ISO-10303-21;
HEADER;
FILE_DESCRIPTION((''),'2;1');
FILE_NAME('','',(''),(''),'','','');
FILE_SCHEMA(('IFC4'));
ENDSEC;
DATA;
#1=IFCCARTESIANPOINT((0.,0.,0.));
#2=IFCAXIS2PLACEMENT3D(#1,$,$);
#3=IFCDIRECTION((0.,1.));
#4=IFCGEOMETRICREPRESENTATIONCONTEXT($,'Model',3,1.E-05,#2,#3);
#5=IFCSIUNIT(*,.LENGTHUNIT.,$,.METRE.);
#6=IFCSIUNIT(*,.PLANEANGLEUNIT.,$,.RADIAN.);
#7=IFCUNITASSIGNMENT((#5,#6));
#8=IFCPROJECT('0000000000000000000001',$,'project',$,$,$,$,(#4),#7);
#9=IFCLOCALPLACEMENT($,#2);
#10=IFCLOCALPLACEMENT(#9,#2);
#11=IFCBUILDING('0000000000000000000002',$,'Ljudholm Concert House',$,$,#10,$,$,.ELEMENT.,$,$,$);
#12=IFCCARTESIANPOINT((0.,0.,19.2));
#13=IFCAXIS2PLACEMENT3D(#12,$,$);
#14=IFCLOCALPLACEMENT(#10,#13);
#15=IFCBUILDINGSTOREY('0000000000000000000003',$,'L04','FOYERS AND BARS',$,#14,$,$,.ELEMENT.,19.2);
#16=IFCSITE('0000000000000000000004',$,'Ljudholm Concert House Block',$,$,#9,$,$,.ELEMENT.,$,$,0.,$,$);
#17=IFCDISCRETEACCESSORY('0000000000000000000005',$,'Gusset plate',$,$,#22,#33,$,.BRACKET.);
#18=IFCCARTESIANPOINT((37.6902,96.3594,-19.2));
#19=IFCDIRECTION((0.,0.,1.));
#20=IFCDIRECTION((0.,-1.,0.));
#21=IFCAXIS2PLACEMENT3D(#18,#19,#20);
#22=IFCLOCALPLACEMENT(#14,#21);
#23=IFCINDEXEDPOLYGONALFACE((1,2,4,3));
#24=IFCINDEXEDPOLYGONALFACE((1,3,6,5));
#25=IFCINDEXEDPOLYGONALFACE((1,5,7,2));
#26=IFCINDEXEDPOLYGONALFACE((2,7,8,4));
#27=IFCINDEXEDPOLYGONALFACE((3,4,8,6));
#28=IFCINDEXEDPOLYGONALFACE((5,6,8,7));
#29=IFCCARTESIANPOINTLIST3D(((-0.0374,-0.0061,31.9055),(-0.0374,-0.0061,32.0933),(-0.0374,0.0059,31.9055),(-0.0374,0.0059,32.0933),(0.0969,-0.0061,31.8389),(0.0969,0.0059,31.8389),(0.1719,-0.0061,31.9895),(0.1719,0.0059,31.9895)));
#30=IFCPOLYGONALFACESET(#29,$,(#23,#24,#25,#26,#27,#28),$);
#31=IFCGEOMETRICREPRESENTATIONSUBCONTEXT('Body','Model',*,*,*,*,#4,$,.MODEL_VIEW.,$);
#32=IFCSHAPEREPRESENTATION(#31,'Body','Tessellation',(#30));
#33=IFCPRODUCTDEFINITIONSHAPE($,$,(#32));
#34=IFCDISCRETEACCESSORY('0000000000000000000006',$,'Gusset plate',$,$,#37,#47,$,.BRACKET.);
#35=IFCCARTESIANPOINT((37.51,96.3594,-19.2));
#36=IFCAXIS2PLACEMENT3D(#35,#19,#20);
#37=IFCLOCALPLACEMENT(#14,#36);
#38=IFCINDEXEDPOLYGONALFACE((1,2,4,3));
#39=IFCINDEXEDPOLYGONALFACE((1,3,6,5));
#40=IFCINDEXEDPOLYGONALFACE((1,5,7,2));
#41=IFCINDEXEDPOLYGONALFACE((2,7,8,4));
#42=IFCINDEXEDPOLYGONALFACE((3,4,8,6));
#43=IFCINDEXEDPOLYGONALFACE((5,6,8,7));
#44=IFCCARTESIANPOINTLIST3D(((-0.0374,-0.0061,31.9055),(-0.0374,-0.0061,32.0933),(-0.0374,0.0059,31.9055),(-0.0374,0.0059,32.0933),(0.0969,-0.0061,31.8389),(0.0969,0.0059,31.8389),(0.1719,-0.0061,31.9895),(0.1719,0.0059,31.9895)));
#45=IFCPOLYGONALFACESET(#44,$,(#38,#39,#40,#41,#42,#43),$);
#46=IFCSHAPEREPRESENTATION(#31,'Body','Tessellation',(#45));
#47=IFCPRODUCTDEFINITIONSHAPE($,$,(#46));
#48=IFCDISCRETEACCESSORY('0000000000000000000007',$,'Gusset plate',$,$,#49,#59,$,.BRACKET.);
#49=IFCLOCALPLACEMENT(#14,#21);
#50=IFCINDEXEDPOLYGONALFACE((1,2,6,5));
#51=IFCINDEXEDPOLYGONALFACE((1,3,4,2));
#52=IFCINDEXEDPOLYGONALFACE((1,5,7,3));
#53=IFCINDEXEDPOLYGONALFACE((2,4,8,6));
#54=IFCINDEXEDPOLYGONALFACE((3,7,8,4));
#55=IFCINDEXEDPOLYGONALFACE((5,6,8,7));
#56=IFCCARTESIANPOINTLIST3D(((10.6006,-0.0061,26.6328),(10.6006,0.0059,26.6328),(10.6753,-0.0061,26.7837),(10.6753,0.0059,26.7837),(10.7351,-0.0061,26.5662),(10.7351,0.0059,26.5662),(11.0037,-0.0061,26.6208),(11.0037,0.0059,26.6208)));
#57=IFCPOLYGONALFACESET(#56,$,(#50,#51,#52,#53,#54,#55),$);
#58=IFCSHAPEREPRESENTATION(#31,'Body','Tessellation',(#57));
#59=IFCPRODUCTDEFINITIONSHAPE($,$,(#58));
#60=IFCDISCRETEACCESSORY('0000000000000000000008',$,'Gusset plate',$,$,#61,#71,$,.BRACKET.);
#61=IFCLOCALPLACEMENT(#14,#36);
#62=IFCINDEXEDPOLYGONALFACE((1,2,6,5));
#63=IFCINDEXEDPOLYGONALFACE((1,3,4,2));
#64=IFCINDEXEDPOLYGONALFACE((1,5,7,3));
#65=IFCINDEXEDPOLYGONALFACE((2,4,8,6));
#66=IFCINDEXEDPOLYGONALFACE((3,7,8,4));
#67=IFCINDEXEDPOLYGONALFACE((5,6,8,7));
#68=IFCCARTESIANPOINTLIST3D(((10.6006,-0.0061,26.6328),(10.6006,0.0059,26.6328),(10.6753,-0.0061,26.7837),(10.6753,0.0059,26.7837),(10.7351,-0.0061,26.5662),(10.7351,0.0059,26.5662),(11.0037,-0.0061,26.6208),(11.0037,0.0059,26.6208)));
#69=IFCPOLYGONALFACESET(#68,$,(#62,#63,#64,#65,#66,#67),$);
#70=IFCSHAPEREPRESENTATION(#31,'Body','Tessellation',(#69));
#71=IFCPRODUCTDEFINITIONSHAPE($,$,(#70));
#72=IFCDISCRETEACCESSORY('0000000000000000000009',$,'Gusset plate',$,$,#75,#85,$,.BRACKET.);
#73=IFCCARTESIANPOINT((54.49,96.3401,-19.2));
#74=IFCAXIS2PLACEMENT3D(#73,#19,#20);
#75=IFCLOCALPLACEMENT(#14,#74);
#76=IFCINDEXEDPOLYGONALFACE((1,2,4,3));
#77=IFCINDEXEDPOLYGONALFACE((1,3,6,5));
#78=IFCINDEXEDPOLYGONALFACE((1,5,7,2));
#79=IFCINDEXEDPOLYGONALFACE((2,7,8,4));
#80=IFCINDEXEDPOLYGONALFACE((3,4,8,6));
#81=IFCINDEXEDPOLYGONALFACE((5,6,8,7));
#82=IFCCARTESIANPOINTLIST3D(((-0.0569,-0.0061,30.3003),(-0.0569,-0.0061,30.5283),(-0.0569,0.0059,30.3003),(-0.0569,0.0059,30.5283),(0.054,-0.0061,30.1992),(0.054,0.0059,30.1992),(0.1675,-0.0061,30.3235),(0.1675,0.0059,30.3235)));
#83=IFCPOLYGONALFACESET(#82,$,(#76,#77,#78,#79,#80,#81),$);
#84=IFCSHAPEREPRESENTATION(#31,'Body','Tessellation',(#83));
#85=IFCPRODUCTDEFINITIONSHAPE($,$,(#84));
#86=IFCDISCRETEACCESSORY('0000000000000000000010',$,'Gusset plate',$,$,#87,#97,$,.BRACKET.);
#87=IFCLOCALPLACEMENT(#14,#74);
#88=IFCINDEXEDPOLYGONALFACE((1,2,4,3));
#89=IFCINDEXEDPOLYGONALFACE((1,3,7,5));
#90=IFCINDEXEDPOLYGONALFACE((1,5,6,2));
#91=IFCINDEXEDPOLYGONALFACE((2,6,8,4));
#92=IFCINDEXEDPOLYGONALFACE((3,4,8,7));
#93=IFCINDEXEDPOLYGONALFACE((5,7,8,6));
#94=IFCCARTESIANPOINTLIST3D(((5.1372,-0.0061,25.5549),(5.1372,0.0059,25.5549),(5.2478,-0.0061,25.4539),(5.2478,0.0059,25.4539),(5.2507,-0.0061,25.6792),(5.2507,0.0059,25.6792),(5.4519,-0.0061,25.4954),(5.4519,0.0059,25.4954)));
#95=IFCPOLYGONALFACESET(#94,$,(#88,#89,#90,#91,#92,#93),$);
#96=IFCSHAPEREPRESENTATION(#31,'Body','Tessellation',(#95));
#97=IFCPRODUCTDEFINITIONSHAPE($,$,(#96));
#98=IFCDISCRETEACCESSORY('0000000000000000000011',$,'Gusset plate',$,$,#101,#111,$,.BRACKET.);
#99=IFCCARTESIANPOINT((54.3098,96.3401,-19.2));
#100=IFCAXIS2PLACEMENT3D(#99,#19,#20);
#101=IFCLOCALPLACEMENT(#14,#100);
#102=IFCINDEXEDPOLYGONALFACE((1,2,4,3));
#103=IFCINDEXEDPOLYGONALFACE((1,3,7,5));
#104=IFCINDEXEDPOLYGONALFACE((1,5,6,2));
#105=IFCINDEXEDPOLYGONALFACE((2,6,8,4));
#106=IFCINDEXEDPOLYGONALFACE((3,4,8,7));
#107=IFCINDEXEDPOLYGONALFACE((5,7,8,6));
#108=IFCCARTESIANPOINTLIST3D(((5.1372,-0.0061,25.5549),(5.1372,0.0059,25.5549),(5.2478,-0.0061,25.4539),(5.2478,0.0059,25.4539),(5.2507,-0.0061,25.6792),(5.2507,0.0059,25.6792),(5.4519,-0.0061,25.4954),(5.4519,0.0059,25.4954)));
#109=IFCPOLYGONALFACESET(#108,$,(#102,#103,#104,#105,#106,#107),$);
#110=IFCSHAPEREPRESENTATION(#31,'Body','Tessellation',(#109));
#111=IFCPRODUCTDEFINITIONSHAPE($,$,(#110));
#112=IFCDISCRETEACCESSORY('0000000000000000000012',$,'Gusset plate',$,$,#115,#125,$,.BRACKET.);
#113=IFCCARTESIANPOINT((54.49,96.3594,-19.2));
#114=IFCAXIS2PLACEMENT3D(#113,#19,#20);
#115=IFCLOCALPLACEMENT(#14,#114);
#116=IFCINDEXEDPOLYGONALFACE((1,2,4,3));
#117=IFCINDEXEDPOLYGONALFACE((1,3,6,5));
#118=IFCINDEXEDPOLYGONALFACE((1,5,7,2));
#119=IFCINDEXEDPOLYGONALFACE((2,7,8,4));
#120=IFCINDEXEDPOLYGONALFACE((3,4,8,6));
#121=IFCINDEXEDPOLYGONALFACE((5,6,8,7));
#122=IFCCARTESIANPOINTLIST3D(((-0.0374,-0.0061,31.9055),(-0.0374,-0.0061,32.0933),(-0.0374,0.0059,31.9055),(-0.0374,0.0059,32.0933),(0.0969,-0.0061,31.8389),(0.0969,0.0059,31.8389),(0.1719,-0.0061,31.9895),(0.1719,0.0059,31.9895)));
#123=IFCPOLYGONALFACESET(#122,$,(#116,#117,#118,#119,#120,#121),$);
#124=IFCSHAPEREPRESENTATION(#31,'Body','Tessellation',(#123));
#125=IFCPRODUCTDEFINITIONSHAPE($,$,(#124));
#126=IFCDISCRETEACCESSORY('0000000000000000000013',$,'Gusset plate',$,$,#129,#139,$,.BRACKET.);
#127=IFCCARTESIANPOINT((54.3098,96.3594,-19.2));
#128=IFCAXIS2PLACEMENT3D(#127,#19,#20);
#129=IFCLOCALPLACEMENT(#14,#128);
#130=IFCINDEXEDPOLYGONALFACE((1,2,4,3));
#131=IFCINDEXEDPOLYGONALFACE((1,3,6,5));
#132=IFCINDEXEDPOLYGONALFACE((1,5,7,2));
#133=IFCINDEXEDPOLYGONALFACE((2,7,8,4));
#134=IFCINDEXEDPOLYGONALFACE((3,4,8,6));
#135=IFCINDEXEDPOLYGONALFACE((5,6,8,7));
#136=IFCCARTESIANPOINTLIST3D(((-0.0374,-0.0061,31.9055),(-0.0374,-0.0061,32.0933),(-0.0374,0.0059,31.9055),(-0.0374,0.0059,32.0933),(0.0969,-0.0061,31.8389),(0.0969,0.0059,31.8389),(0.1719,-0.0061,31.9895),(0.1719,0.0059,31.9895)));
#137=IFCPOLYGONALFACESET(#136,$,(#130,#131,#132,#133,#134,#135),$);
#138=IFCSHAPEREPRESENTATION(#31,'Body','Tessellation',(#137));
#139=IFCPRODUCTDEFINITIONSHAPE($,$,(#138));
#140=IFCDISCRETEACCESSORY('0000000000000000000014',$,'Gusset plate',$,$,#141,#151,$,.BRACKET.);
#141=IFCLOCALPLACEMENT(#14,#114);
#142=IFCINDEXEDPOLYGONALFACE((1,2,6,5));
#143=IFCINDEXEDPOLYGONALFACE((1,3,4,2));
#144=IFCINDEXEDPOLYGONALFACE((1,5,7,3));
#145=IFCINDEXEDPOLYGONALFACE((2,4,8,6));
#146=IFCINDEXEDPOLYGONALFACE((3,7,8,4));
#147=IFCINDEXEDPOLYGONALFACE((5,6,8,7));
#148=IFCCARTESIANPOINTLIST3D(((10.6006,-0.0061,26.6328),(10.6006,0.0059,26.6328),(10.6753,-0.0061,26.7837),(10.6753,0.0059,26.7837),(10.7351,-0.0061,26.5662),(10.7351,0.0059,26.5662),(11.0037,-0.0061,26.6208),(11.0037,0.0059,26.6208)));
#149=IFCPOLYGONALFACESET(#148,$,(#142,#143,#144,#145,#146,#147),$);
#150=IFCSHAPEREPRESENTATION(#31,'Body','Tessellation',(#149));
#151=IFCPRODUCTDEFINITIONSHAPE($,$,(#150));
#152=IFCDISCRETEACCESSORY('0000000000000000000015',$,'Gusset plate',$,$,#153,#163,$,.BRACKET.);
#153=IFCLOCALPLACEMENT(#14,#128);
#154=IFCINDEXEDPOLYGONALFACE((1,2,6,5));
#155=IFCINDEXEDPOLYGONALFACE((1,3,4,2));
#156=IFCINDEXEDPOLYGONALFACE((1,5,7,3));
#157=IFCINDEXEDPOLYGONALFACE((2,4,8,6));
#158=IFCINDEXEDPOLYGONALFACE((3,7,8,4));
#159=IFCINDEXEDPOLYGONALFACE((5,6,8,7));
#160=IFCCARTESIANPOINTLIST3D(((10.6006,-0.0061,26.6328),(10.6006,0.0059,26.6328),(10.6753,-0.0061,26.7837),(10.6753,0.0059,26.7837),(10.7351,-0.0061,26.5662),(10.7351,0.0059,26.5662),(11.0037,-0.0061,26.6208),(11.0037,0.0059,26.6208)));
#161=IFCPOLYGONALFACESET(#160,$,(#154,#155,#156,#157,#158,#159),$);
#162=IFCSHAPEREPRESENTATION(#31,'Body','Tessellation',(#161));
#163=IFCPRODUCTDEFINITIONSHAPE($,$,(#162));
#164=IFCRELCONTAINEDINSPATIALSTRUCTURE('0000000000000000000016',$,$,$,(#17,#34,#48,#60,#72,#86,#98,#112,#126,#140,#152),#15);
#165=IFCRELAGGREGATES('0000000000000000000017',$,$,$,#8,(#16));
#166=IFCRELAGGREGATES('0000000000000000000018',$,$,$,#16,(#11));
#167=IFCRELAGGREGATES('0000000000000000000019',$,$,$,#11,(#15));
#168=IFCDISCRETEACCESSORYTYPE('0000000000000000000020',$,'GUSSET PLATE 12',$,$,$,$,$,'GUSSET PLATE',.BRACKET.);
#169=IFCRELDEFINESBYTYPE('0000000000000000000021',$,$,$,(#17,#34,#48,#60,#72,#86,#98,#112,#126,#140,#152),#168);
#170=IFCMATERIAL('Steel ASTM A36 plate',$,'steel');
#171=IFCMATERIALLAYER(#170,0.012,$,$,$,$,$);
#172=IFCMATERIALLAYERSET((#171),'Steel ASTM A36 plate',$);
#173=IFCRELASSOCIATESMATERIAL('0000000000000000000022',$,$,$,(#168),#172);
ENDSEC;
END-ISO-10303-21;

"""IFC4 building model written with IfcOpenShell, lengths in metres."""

from ifc_helpers import new_model, si_unit, direction, frame, origin, place, context, subcontext, project, spatial, polyline, outline, extrude, material, layer, layer_set, type_object, element, save


model = new_model("IFC4")

# Units and contexts
model_context = context("Model", 3, precision=1e-05, world=origin(), true_north=direction((0.0, 1.0)))
body_context = subcontext(model_context, "Body", "Model", "MODEL_VIEW")
ifc_project = project(units=[si_unit("LENGTHUNIT", "METRE"), si_unit("PLANEANGLEUNIT", "RADIAN")], contexts=[model_context])

# Site, building, storey
site_placement = place(None, origin())
site = spatial("IfcSite", under=ifc_project, at=site_placement, Name="Ljudholm Concert House Block", CompositionType="ELEMENT", RefElevation=0.0)
building_placement = place(site_placement, origin())
building = spatial("IfcBuilding", under=site, at=building_placement, Name="Ljudholm Concert House", CompositionType="ELEMENT")
storey_placement = place(building_placement, frame((0.0, 0.0, 19.2)))
storey = spatial("IfcBuildingStorey", under=building, at=storey_placement, Name="L04", Description="FOYERS AND BARS", CompositionType="ELEMENT", Elevation=19.2)

# Discrete accessories
ifc_material_1 = material(Name="Steel ASTM A36 plate", Category="steel")
ifc_layer_1 = layer(ifc_material_1, 0.012)
ifc_layer_set_1 = layer_set([ifc_layer_1], Name="Steel ASTM A36 plate")
discrete_accessory_type = type_object("IfcDiscreteAccessoryType", Name="GUSSET PLATE 12", ElementType="GUSSET PLATE", PredefinedType="BRACKET", material=ifc_layer_set_1)
for number, where, z_axis, x_axis, name in (
    (1, (37.6902, 96.3594, -19.2), (0.0, 0.0, 1.0), (0.0, -1.0, 0.0), "Gusset plate"),
    (2, (37.51, 96.3594, -19.2), (0.0, 0.0, 1.0), (0.0, -1.0, 0.0), "Gusset plate"),
):
    element("IfcDiscreteAccessory", number, at=place(storey_placement, frame(where, z_axis=z_axis, x_axis=x_axis)), inside=storey, type_object=discrete_accessory_type, Name=name, PredefinedType="BRACKET", context=body_context, shape_type="SweptSolid", body=[
        extrude(outline(polyline([(0.0969, 31.8389), (-0.0374, 31.9055), (-0.0374, 32.0933), (0.1719, 31.9895), (0.0969, 31.8389)])), frame((0.0, 0.0059, 0.0), z_axis=(0.0, -1.0, 0.0), x_axis=(1.0, 0.0, 0.0)), (0.0, 0.0, 1.0), 0.012),
    ])
for number, where, z_axis, x_axis, name in (
    (3, (37.6902, 96.3594, -19.2), (0.0, 0.0, 1.0), (0.0, -1.0, 0.0), "Gusset plate"),
    (4, (37.51, 96.3594, -19.2), (0.0, 0.0, 1.0), (0.0, -1.0, 0.0), "Gusset plate"),
):
    element("IfcDiscreteAccessory", number, at=place(storey_placement, frame(where, z_axis=z_axis, x_axis=x_axis)), inside=storey, type_object=discrete_accessory_type, Name=name, PredefinedType="BRACKET", context=body_context, shape_type="SweptSolid", body=[
        extrude(outline(polyline([(10.6753, 26.7837), (11.0037, 26.6208), (10.7351, 26.5662), (10.6006, 26.6328), (10.6753, 26.7837)])), frame((0.0, 0.0059, 0.0), z_axis=(0.0, -1.0, 0.0), x_axis=(1.0, 0.0, 0.0)), (0.0, 0.0, 1.0), 0.012),
    ])
discrete_accessory_placement = place(storey_placement, frame((54.49, 96.3401, -19.2), z_axis=(0.0, 0.0, 1.0), x_axis=(0.0, -1.0, 0.0)))
element("IfcDiscreteAccessory", 5, at=discrete_accessory_placement, inside=storey, type_object=discrete_accessory_type, Name="Gusset plate", PredefinedType="BRACKET", context=body_context, shape_type="SweptSolid", body=[
    extrude(outline(polyline([(0.054, 30.1992), (-0.0569, 30.3003), (-0.0569, 30.5283), (0.1675, 30.3235), (0.054, 30.1992)])), frame((0.0, 0.0059, 0.0), z_axis=(0.0, -1.0, 0.0), x_axis=(1.0, 0.0, 0.0)), (0.0, 0.0, 1.0), 0.012),
])
for number, where, z_axis, x_axis, name in (
    (6, (54.49, 96.3401, -19.2), (0.0, 0.0, 1.0), (0.0, -1.0, 0.0), "Gusset plate"),
    (7, (54.3098, 96.3401, -19.2), (0.0, 0.0, 1.0), (0.0, -1.0, 0.0), "Gusset plate"),
):
    element("IfcDiscreteAccessory", number, at=place(storey_placement, frame(where, z_axis=z_axis, x_axis=x_axis)), inside=storey, type_object=discrete_accessory_type, Name=name, PredefinedType="BRACKET", context=body_context, shape_type="SweptSolid", body=[
        extrude(outline(polyline([(5.2507, 25.6792), (5.4519, 25.4954), (5.2478, 25.4539), (5.1372, 25.5549), (5.2507, 25.6792)])), frame((0.0, 0.0059, 0.0), z_axis=(0.0, -1.0, 0.0), x_axis=(1.0, 0.0, 0.0)), (0.0, 0.0, 1.0), 0.012),
    ])
for number, where, z_axis, x_axis, name in (
    (8, (54.49, 96.3594, -19.2), (0.0, 0.0, 1.0), (0.0, -1.0, 0.0), "Gusset plate"),
    (9, (54.3098, 96.3594, -19.2), (0.0, 0.0, 1.0), (0.0, -1.0, 0.0), "Gusset plate"),
):
    element("IfcDiscreteAccessory", number, at=place(storey_placement, frame(where, z_axis=z_axis, x_axis=x_axis)), inside=storey, type_object=discrete_accessory_type, Name=name, PredefinedType="BRACKET", context=body_context, shape_type="SweptSolid", body=[
        extrude(outline(polyline([(0.0969, 31.8389), (-0.0374, 31.9055), (-0.0374, 32.0933), (0.1719, 31.9895), (0.0969, 31.8389)])), frame((0.0, 0.0059, 0.0), z_axis=(0.0, -1.0, 0.0), x_axis=(1.0, 0.0, 0.0)), (0.0, 0.0, 1.0), 0.012),
    ])
for number, where, z_axis, x_axis, name in (
    (10, (54.49, 96.3594, -19.2), (0.0, 0.0, 1.0), (0.0, -1.0, 0.0), "Gusset plate"),
    (11, (54.3098, 96.3594, -19.2), (0.0, 0.0, 1.0), (0.0, -1.0, 0.0), "Gusset plate"),
):
    element("IfcDiscreteAccessory", number, at=place(storey_placement, frame(where, z_axis=z_axis, x_axis=x_axis)), inside=storey, type_object=discrete_accessory_type, Name=name, PredefinedType="BRACKET", context=body_context, shape_type="SweptSolid", body=[
        extrude(outline(polyline([(10.6753, 26.7837), (11.0037, 26.6208), (10.7351, 26.5662), (10.6006, 26.6328), (10.6753, 26.7837)])), frame((0.0, 0.0059, 0.0), z_axis=(0.0, -1.0, 0.0), x_axis=(1.0, 0.0, 0.0)), (0.0, 0.0, 1.0), 0.012),
    ])

save(model, "model.ifc")
